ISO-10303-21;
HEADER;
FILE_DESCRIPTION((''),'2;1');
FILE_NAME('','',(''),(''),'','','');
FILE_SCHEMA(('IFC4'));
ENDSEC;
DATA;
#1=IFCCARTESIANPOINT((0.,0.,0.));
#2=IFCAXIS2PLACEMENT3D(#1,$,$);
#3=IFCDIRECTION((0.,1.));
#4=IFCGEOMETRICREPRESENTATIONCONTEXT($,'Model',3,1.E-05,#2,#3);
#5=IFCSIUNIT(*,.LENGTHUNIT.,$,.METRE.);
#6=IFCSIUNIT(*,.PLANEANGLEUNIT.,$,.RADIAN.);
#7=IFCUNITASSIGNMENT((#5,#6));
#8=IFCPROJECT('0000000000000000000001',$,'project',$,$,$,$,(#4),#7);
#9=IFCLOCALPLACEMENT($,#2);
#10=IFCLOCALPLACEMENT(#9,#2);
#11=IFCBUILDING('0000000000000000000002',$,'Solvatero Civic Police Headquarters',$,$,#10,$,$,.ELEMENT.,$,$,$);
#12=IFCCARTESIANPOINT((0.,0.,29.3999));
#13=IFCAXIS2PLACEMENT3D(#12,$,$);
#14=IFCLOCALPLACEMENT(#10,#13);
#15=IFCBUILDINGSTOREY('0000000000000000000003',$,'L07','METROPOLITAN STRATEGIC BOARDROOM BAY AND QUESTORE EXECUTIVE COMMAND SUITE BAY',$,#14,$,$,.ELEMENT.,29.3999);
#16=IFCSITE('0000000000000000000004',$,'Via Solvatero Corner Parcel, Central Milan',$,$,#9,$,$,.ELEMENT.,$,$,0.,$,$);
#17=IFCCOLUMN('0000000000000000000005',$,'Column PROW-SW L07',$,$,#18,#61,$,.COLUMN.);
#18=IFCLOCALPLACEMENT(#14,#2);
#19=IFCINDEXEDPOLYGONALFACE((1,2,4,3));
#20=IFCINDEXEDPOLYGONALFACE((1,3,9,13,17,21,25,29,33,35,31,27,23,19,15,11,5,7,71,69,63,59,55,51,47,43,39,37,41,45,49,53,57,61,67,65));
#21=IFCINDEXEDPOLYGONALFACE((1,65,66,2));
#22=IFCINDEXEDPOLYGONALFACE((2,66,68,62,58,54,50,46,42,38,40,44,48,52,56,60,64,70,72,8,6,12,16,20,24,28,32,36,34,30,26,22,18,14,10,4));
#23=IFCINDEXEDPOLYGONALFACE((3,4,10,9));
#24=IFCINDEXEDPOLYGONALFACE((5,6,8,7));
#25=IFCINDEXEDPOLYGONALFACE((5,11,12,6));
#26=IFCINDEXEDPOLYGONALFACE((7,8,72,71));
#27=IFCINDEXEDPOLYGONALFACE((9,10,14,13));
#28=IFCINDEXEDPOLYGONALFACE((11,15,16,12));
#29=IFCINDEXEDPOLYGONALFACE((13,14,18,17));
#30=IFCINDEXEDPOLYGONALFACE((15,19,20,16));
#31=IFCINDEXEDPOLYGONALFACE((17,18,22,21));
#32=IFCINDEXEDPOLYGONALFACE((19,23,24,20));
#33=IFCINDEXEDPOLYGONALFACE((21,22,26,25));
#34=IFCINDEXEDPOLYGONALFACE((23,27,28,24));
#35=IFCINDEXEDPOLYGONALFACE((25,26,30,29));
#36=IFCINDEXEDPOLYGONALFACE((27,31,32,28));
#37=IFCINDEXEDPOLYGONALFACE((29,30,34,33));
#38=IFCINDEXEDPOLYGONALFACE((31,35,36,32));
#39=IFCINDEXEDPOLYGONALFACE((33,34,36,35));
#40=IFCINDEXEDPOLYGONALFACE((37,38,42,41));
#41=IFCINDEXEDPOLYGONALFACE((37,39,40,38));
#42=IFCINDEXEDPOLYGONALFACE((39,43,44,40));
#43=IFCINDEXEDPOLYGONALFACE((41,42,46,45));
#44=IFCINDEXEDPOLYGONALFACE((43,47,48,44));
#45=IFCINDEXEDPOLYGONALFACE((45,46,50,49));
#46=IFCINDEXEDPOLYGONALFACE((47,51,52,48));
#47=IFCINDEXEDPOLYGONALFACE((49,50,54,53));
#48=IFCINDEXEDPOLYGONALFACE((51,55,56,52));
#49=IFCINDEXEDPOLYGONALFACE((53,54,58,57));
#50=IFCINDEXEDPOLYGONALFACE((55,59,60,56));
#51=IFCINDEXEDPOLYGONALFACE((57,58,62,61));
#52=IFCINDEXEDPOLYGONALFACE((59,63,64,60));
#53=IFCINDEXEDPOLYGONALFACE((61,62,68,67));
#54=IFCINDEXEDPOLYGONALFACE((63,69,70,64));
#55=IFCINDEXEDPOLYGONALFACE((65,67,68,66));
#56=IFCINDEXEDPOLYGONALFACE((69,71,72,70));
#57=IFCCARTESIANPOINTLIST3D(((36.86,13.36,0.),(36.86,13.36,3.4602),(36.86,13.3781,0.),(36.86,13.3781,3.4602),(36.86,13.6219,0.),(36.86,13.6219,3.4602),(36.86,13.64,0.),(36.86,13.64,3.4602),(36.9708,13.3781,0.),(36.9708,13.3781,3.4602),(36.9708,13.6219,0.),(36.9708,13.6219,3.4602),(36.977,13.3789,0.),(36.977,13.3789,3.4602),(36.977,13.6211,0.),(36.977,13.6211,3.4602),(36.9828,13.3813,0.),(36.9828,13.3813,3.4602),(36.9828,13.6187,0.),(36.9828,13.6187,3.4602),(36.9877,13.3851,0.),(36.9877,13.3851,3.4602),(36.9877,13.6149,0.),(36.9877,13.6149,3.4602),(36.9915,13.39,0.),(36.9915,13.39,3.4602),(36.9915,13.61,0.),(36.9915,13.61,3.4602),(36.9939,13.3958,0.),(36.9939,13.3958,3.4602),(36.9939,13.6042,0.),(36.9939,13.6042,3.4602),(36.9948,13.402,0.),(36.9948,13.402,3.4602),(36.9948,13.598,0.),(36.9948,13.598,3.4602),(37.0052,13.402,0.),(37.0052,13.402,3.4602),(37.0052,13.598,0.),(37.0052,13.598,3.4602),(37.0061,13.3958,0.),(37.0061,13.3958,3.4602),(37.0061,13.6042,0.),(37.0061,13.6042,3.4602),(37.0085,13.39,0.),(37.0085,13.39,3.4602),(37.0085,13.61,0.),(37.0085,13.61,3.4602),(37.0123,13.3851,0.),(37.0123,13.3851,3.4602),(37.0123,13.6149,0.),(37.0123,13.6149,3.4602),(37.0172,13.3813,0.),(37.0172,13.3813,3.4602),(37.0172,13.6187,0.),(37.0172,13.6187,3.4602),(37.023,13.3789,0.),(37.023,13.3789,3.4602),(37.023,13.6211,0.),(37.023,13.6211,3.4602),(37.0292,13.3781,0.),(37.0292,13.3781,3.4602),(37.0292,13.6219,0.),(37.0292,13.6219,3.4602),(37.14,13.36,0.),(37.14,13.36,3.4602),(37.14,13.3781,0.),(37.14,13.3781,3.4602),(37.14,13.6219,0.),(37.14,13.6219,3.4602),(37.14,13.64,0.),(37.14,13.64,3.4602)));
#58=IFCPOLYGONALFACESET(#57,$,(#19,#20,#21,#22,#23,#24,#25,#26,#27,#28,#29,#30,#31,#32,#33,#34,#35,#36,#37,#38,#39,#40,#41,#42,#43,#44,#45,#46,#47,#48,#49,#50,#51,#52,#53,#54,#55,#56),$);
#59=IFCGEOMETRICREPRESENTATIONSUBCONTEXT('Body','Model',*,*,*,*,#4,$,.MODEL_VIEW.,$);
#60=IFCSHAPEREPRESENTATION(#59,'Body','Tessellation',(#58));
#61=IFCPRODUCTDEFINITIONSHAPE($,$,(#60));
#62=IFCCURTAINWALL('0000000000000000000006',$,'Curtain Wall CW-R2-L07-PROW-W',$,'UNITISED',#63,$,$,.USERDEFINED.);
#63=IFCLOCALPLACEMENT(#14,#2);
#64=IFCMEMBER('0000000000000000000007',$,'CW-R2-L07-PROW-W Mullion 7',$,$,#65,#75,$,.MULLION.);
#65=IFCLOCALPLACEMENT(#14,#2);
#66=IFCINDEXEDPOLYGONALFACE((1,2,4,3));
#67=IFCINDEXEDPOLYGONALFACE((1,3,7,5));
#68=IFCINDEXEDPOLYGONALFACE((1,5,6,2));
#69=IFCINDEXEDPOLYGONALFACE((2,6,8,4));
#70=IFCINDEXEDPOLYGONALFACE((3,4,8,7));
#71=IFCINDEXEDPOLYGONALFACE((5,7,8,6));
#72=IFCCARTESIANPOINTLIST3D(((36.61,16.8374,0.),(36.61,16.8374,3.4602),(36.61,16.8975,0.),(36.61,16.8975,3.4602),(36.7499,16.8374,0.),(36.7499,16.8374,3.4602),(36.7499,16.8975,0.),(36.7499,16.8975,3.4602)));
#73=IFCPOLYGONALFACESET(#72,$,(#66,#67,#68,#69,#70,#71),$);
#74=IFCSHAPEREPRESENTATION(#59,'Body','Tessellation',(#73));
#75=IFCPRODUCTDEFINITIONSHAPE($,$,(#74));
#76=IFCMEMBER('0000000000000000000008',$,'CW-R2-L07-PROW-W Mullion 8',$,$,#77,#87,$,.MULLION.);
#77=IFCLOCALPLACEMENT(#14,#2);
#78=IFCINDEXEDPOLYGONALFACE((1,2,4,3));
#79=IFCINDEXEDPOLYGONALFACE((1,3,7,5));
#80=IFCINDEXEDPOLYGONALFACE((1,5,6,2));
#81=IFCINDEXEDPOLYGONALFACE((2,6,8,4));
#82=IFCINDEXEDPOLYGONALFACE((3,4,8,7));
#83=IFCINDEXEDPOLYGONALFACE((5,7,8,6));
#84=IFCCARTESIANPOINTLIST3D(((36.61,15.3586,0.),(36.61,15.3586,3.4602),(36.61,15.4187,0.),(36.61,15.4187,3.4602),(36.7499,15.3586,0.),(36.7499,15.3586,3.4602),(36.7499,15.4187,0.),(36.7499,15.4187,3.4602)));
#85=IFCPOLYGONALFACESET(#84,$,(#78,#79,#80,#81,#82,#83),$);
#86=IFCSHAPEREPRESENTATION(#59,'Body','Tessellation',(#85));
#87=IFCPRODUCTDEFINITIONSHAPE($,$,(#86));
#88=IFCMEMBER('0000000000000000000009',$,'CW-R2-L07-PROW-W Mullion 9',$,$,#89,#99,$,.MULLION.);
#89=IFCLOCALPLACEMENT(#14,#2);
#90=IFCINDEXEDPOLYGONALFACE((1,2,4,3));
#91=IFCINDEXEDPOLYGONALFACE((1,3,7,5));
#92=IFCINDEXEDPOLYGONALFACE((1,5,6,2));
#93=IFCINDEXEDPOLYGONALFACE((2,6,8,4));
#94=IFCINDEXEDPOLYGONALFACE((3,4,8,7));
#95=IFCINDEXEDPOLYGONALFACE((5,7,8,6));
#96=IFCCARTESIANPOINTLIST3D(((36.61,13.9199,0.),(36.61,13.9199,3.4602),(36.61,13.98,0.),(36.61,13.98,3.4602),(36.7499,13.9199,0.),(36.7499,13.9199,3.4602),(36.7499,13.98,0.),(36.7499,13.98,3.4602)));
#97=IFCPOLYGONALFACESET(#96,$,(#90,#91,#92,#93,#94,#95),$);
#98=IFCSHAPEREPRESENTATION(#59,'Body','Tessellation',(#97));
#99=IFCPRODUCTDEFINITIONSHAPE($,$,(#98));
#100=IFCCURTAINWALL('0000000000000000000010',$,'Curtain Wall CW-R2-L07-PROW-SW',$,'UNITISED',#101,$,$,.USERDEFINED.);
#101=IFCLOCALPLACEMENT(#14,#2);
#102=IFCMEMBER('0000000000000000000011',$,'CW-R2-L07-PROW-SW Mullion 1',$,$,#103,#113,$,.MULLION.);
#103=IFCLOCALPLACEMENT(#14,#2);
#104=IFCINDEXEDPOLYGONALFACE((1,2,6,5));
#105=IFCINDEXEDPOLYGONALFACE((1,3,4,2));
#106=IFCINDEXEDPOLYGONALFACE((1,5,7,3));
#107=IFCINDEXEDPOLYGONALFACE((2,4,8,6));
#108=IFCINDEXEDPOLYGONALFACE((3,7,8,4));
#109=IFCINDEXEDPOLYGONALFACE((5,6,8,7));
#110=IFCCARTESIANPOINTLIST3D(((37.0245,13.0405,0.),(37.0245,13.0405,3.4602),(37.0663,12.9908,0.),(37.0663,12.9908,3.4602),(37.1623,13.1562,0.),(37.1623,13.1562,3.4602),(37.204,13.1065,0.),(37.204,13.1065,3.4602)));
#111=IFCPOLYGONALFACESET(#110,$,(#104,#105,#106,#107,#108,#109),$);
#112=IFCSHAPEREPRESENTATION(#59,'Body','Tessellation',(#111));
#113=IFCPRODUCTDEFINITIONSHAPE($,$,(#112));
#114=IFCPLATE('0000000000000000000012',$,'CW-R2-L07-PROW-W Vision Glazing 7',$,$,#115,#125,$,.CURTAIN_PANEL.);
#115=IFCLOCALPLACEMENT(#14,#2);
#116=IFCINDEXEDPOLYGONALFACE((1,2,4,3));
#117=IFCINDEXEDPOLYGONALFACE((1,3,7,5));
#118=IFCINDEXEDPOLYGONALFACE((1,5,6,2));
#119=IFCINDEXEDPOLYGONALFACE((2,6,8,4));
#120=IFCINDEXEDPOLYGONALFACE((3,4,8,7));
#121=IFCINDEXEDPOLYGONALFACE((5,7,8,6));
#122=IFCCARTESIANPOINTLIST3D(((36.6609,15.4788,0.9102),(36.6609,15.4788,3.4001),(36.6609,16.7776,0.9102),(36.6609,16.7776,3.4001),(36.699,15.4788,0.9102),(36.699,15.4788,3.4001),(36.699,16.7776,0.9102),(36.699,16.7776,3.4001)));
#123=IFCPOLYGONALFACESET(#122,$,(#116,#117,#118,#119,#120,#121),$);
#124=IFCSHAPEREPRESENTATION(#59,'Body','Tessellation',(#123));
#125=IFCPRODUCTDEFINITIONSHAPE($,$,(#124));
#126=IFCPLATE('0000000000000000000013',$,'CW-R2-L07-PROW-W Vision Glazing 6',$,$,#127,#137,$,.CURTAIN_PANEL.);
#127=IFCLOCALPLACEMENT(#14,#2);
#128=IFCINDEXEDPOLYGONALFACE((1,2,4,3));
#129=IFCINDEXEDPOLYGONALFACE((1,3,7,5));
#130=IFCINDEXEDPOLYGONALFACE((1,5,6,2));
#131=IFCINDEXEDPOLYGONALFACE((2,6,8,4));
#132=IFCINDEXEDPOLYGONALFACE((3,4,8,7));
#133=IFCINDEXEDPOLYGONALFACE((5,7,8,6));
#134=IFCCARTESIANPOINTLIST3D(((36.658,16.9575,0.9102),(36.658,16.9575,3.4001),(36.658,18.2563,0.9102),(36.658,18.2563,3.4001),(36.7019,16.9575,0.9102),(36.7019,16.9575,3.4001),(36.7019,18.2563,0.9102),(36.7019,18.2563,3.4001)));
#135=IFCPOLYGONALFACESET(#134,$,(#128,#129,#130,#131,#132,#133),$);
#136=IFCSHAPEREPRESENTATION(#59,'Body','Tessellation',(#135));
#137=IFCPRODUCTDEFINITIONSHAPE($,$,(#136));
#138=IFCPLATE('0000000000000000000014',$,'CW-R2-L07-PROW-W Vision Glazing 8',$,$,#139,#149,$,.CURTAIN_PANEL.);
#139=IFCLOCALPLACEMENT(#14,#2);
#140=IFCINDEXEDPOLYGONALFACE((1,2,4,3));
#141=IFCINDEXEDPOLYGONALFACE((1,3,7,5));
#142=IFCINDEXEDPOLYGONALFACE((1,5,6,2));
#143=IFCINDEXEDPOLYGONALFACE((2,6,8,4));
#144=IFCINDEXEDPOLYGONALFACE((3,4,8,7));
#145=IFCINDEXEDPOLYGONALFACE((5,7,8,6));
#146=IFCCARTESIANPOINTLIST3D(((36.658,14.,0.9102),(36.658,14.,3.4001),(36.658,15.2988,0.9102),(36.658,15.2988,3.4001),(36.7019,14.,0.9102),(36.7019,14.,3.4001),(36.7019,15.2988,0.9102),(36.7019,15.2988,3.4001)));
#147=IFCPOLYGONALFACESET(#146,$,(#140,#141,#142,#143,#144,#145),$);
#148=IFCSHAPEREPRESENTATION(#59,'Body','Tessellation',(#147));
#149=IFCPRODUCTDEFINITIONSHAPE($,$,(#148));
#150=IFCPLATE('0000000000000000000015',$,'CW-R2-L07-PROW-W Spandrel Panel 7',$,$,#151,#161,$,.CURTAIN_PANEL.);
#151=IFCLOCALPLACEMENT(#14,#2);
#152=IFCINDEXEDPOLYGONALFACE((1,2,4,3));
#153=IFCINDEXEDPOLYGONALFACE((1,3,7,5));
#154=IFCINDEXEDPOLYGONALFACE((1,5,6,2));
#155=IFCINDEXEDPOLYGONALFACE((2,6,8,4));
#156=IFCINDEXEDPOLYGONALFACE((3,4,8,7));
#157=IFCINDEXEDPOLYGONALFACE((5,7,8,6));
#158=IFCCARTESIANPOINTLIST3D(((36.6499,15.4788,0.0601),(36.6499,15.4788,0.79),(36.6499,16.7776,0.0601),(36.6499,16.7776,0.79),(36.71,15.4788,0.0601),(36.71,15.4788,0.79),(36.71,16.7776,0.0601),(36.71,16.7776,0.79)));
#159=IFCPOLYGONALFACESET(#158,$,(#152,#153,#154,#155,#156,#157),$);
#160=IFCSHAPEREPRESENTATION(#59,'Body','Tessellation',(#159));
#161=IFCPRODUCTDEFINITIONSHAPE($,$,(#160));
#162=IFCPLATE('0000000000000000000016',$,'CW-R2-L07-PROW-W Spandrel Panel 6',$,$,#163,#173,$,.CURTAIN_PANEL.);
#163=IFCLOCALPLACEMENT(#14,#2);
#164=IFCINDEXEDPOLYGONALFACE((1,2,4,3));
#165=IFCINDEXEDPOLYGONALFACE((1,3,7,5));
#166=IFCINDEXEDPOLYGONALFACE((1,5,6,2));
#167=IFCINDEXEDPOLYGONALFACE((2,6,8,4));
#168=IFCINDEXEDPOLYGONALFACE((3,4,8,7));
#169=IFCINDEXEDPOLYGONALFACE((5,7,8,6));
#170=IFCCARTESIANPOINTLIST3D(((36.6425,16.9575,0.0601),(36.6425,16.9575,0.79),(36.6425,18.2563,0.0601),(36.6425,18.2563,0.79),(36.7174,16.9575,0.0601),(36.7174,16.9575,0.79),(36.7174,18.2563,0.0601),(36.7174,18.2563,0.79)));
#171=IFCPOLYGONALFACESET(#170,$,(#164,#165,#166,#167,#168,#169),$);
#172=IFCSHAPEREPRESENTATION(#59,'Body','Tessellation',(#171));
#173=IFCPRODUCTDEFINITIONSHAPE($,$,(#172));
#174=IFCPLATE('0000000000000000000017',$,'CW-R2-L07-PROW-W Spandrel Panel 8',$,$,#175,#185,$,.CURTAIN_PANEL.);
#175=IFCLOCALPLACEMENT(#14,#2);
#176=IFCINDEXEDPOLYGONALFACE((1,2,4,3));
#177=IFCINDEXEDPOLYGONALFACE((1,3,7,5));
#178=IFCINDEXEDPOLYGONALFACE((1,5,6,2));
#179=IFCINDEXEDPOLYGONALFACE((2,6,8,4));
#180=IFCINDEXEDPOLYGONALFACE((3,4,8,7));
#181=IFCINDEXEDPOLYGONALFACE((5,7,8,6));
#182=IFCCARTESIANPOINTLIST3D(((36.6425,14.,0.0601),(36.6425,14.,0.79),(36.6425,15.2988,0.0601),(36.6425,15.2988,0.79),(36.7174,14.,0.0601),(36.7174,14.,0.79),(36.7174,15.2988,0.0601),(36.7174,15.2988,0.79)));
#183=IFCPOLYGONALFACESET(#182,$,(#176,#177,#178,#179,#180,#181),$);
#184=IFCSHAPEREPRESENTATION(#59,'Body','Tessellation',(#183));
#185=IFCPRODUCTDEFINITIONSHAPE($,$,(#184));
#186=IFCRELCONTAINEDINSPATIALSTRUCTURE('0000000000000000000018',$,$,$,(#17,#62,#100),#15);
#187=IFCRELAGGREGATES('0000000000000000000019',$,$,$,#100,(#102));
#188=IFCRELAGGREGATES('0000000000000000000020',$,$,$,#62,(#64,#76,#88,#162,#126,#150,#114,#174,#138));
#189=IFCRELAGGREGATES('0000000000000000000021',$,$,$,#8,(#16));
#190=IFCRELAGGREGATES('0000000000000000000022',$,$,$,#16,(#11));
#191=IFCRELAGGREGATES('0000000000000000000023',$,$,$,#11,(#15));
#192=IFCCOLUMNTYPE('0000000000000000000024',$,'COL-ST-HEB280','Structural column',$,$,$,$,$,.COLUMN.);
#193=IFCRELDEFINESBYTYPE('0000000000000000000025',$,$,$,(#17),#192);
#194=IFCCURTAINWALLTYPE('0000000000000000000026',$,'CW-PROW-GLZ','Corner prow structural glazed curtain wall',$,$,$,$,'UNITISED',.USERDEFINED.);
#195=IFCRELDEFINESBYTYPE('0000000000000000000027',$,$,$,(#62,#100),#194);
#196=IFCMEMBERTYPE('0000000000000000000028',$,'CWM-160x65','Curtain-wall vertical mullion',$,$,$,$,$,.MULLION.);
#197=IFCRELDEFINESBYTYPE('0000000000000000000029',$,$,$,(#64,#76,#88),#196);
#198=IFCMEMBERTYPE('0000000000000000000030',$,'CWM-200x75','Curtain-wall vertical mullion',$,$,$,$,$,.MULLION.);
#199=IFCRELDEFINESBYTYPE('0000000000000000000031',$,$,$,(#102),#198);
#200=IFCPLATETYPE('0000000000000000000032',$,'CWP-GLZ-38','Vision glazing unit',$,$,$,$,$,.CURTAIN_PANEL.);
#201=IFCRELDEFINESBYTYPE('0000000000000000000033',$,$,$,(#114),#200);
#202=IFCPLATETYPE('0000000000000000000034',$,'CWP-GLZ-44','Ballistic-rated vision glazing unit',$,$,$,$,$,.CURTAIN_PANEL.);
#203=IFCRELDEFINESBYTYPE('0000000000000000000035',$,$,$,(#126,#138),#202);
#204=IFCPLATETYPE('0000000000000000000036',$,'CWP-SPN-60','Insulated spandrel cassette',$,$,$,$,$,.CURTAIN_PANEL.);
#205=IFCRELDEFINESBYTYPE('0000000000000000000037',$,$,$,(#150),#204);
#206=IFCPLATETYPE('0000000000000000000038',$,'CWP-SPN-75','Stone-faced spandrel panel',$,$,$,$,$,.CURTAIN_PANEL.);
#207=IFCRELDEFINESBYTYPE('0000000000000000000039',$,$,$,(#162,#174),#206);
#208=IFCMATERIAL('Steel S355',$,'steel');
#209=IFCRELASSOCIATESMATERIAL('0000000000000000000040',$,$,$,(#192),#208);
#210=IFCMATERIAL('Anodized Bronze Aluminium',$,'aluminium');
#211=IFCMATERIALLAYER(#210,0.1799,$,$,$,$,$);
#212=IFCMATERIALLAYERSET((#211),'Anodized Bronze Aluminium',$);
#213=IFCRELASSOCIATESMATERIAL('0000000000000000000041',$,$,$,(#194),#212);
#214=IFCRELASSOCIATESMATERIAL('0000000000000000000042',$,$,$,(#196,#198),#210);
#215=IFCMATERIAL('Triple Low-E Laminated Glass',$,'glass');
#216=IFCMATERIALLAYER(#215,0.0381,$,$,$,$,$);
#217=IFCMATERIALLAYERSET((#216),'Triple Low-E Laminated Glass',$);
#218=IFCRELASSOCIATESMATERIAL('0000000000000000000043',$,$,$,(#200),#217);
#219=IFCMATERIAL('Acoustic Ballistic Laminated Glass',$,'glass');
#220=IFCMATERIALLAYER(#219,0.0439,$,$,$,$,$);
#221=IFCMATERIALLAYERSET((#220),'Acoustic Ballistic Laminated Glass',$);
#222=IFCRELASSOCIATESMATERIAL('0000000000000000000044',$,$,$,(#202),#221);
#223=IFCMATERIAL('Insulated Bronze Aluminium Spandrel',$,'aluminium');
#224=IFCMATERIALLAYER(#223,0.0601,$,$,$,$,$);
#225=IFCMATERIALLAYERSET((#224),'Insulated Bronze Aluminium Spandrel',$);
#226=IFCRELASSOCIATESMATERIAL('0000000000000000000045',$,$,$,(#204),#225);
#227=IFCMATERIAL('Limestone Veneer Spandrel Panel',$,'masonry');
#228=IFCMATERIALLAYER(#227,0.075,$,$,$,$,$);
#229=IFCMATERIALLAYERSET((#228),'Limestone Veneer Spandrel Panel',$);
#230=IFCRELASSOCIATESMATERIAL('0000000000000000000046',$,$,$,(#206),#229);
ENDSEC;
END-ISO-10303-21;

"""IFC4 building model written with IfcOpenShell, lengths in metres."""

from ifc_helpers import new_model, si_unit, direction, frame, origin, origin_2d, place, context, subcontext, project, spatial, rectangle, i_section, extrude, material, layer, layer_set, material_profile, profile_set, type_object, element, aggregate, save


model = new_model("IFC4")

# Units and contexts
model_context = context("Model", 3, precision=1e-05, world=origin(), true_north=direction((0.0, 1.0)))
body_context = subcontext(model_context, "Body", "Model", "MODEL_VIEW")
ifc_project = project(units=[si_unit("LENGTHUNIT", "METRE"), si_unit("PLANEANGLEUNIT", "RADIAN")], contexts=[model_context])

# Site, building, storey
site_placement = place(None, origin())
site = spatial("IfcSite", under=ifc_project, at=site_placement, Name="Via Solvatero Corner Parcel, Central Milan", CompositionType="ELEMENT", RefElevation=0.0)
building_placement = place(site_placement, origin())
building = spatial("IfcBuilding", under=site, at=building_placement, Name="Solvatero Civic Police Headquarters", CompositionType="ELEMENT")
storey_placement = place(building_placement, frame((0.0, 0.0, 29.3999)))
storey = spatial("IfcBuildingStorey", under=building, at=storey_placement, Name="L07", Description="METROPOLITAN STRATEGIC BOARDROOM BAY AND QUESTORE EXECUTIVE COMMAND SUITE BAY", CompositionType="ELEMENT", Elevation=29.3999)

# Column
ifc_material_1 = material(Name="Steel S355", Category="steel")
ifc_material_profile_1 = material_profile(ifc_material_1, i_section(OverallWidth=0.28, OverallDepth=0.28, WebThickness=0.0105, FlangeThickness=0.0181, FilletRadius=0.0239, at=origin_2d()), Name="HEB 280")
ifc_profile_set_1 = profile_set([ifc_material_profile_1], Name="Steel S355")
column_type = type_object("IfcColumnType", Name="COL-ST-HEB280", Description="Structural column", PredefinedType="COLUMN", material=ifc_profile_set_1)
column_placement = place(storey_placement, frame((37.0, 13.5, 0.0), z_axis=(0.0, 0.0, 1.0), x_axis=(1.0, 0.0, 0.0)))
element("IfcColumn", 1, at=column_placement, inside=storey, type_object=column_type, Name="Column PROW-SW L07", PredefinedType="COLUMN", context=body_context, shape_type="SweptSolid", body=[
    extrude(i_section(OverallWidth=0.28, OverallDepth=0.28, WebThickness=0.0105, FlangeThickness=0.0181, FilletRadius=0.0239, at=origin_2d()), origin(), (0.0, 0.0, 1.0), 3.4602),
])

# Curtain wall, members
ifc_material_2 = material(Name="Anodized Bronze Aluminium", Category="aluminium")
ifc_layer_1 = layer(ifc_material_2, 0.1799)
ifc_layer_set_1 = layer_set([ifc_layer_1], Name="Anodized Bronze Aluminium")
curtain_wall_type = type_object("IfcCurtainWallType", Name="CW-PROW-GLZ", Description="Corner prow structural glazed curtain wall", ElementType="UNITISED", PredefinedType="USERDEFINED", material=ifc_layer_set_1)
curtain_wall_1_placement = place(storey_placement, origin())
curtain_wall_1 = element("IfcCurtainWall", 2, at=curtain_wall_1_placement, inside=storey, type_object=curtain_wall_type, Name="Curtain Wall CW-R2-L07-PROW-W", ObjectType="UNITISED", PredefinedType="USERDEFINED")
ifc_material_profile_2 = material_profile(ifc_material_2, rectangle(XDim=0.0601, YDim=0.1399, at=origin_2d()), Name="ALU MULLION 60x140")
ifc_profile_set_2 = profile_set([ifc_material_profile_2], Name="Anodized Bronze Aluminium")
member_type_1 = type_object("IfcMemberType", Name="CWM-160x65", Description="Curtain-wall vertical mullion", PredefinedType="MULLION", material=ifc_profile_set_2)
member_1_placement = place(storey_placement, frame((36.6799, 16.8674, 0.0), z_axis=(0.0, 0.0, 1.0), x_axis=(0.0, -1.0, 0.0)))
member_1 = element("IfcMember", 3, at=member_1_placement, type_object=member_type_1, Name="CW-R2-L07-PROW-W Mullion 7", PredefinedType="MULLION", context=body_context, shape_type="SweptSolid", body=[
    extrude(rectangle(XDim=0.0601, YDim=0.1399, at=origin_2d()), origin(), (0.0, 0.0, 1.0), 3.4602),
])
member_2_placement = place(storey_placement, frame((36.6799, 15.3887, 0.0), z_axis=(0.0, 0.0, 1.0), x_axis=(0.0, -1.0, 0.0)))
member_2 = element("IfcMember", 4, at=member_2_placement, type_object=member_type_1, Name="CW-R2-L07-PROW-W Mullion 8", PredefinedType="MULLION", context=body_context, shape_type="SweptSolid", body=[
    extrude(rectangle(XDim=0.0601, YDim=0.1399, at=origin_2d()), origin(), (0.0, 0.0, 1.0), 3.4602),
])
member_3_placement = place(storey_placement, frame((36.6799, 13.95, 0.0), z_axis=(0.0, 0.0, 1.0), x_axis=(0.0, -1.0, 0.0)))
member_3 = element("IfcMember", 5, at=member_3_placement, type_object=member_type_1, Name="CW-R2-L07-PROW-W Mullion 9", PredefinedType="MULLION", context=body_context, shape_type="SweptSolid", body=[
    extrude(rectangle(XDim=0.0601, YDim=0.1399, at=origin_2d()), origin(), (0.0, 0.0, 1.0), 3.4602),
])

# Curtain wall, member
curtain_wall_2_placement = place(storey_placement, origin())
curtain_wall_2 = element("IfcCurtainWall", 6, at=curtain_wall_2_placement, inside=storey, type_object=curtain_wall_type, Name="Curtain Wall CW-R2-L07-PROW-SW", ObjectType="UNITISED", PredefinedType="USERDEFINED")
ifc_material_profile_3 = material_profile(ifc_material_2, rectangle(XDim=0.0649, YDim=0.1799, at=origin_2d()), Name="ALU MULLION 65x180")
ifc_profile_set_3 = profile_set([ifc_material_profile_3], Name="Anodized Bronze Aluminium")
member_type_2 = type_object("IfcMemberType", Name="CWM-200x75", Description="Curtain-wall vertical mullion", PredefinedType="MULLION", material=ifc_profile_set_3)
member_4_placement = place(storey_placement, frame((37.1143, 13.0735, 0.0), z_axis=(0.0, 0.0, 1.0), x_axis=(0.643282, -0.765629, 0.0)))
member_4 = element("IfcMember", 7, at=member_4_placement, type_object=member_type_2, Name="CW-R2-L07-PROW-SW Mullion 1", PredefinedType="MULLION", context=body_context, shape_type="SweptSolid", body=[
    extrude(rectangle(XDim=0.0649, YDim=0.1799, at=origin_2d()), origin(), (0.0, 0.0, 1.0), 3.4602),
])
aggregate(curtain_wall_2, [member_4])

# Plates
ifc_material_3 = material(Name="Triple Low-E Laminated Glass", Category="glass")
ifc_layer_2 = layer(ifc_material_3, 0.0381)
ifc_layer_set_2 = layer_set([ifc_layer_2], Name="Triple Low-E Laminated Glass")
plate_type_1 = type_object("IfcPlateType", Name="CWP-GLZ-38", Description="Vision glazing unit", PredefinedType="CURTAIN_PANEL", material=ifc_layer_set_2)
plate_1_placement = place(storey_placement, frame((36.6799, 16.1282, 0.9102), z_axis=(0.0, 0.0, 1.0), x_axis=(0.0, -1.0, 0.0)))
plate_1 = element("IfcPlate", 8, at=plate_1_placement, type_object=plate_type_1, Name="CW-R2-L07-PROW-W Vision Glazing 7", PredefinedType="CURTAIN_PANEL", context=body_context, shape_type="SweptSolid", body=[
    extrude(rectangle(XDim=1.2988, YDim=0.0381, at=origin_2d()), origin(), (0.0, 0.0, 1.0), 2.49),
])
ifc_material_4 = material(Name="Acoustic Ballistic Laminated Glass", Category="glass")
ifc_layer_3 = layer(ifc_material_4, 0.0439)
ifc_layer_set_3 = layer_set([ifc_layer_3], Name="Acoustic Ballistic Laminated Glass")
plate_type_2 = type_object("IfcPlateType", Name="CWP-GLZ-44", Description="Ballistic-rated vision glazing unit", PredefinedType="CURTAIN_PANEL", material=ifc_layer_set_3)
plate_2_placement = place(storey_placement, frame((36.6799, 17.6069, 0.9102), z_axis=(0.0, 0.0, 1.0), x_axis=(0.0, -1.0, 0.0)))
plate_2 = element("IfcPlate", 9, at=plate_2_placement, type_object=plate_type_2, Name="CW-R2-L07-PROW-W Vision Glazing 6", PredefinedType="CURTAIN_PANEL", context=body_context, shape_type="SweptSolid", body=[
    extrude(rectangle(XDim=1.2988, YDim=0.0439, at=origin_2d()), origin(), (0.0, 0.0, 1.0), 2.49),
])
plate_3_placement = place(storey_placement, frame((36.6799, 14.6494, 0.9102), z_axis=(0.0, 0.0, 1.0), x_axis=(0.0, -1.0, 0.0)))
plate_3 = element("IfcPlate", 10, at=plate_3_placement, type_object=plate_type_2, Name="CW-R2-L07-PROW-W Vision Glazing 8", PredefinedType="CURTAIN_PANEL", context=body_context, shape_type="SweptSolid", body=[
    extrude(rectangle(XDim=1.2988, YDim=0.0439, at=origin_2d()), origin(), (0.0, 0.0, 1.0), 2.49),
])
ifc_material_5 = material(Name="Insulated Bronze Aluminium Spandrel", Category="aluminium")
ifc_layer_4 = layer(ifc_material_5, 0.0601)
ifc_layer_set_4 = layer_set([ifc_layer_4], Name="Insulated Bronze Aluminium Spandrel")
plate_type_3 = type_object("IfcPlateType", Name="CWP-SPN-60", Description="Insulated spandrel cassette", PredefinedType="CURTAIN_PANEL", material=ifc_layer_set_4)
plate_4_placement = place(storey_placement, frame((36.6799, 16.1282, 0.0601), z_axis=(0.0, 0.0, 1.0), x_axis=(0.0, -1.0, 0.0)))
plate_4 = element("IfcPlate", 11, at=plate_4_placement, type_object=plate_type_3, Name="CW-R2-L07-PROW-W Spandrel Panel 7", PredefinedType="CURTAIN_PANEL", context=body_context, shape_type="SweptSolid", body=[
    extrude(rectangle(XDim=1.2988, YDim=0.0601, at=origin_2d()), origin(), (0.0, 0.0, 1.0), 0.73),
])
ifc_material_6 = material(Name="Limestone Veneer Spandrel Panel", Category="masonry")
ifc_layer_5 = layer(ifc_material_6, 0.075)
ifc_layer_set_5 = layer_set([ifc_layer_5], Name="Limestone Veneer Spandrel Panel")
plate_type_4 = type_object("IfcPlateType", Name="CWP-SPN-75", Description="Stone-faced spandrel panel", PredefinedType="CURTAIN_PANEL", material=ifc_layer_set_5)
plate_5_placement = place(storey_placement, frame((36.6799, 17.6069, 0.0601), z_axis=(0.0, 0.0, 1.0), x_axis=(0.0, -1.0, 0.0)))
plate_5 = element("IfcPlate", 12, at=plate_5_placement, type_object=plate_type_4, Name="CW-R2-L07-PROW-W Spandrel Panel 6", PredefinedType="CURTAIN_PANEL", context=body_context, shape_type="SweptSolid", body=[
    extrude(rectangle(XDim=1.2988, YDim=0.075, at=origin_2d()), origin(), (0.0, 0.0, 1.0), 0.73),
])
plate_6_placement = place(storey_placement, frame((36.6799, 14.6494, 0.0601), z_axis=(0.0, 0.0, 1.0), x_axis=(0.0, -1.0, 0.0)))
plate_6 = element("IfcPlate", 13, at=plate_6_placement, type_object=plate_type_4, Name="CW-R2-L07-PROW-W Spandrel Panel 8", PredefinedType="CURTAIN_PANEL", context=body_context, shape_type="SweptSolid", body=[
    extrude(rectangle(XDim=1.2988, YDim=0.075, at=origin_2d()), origin(), (0.0, 0.0, 1.0), 0.73),
])
aggregate(curtain_wall_1, [member_1, member_2, member_3, plate_5, plate_2, plate_4, plate_1, plate_6, plate_3])

save(model, "model.ifc")
